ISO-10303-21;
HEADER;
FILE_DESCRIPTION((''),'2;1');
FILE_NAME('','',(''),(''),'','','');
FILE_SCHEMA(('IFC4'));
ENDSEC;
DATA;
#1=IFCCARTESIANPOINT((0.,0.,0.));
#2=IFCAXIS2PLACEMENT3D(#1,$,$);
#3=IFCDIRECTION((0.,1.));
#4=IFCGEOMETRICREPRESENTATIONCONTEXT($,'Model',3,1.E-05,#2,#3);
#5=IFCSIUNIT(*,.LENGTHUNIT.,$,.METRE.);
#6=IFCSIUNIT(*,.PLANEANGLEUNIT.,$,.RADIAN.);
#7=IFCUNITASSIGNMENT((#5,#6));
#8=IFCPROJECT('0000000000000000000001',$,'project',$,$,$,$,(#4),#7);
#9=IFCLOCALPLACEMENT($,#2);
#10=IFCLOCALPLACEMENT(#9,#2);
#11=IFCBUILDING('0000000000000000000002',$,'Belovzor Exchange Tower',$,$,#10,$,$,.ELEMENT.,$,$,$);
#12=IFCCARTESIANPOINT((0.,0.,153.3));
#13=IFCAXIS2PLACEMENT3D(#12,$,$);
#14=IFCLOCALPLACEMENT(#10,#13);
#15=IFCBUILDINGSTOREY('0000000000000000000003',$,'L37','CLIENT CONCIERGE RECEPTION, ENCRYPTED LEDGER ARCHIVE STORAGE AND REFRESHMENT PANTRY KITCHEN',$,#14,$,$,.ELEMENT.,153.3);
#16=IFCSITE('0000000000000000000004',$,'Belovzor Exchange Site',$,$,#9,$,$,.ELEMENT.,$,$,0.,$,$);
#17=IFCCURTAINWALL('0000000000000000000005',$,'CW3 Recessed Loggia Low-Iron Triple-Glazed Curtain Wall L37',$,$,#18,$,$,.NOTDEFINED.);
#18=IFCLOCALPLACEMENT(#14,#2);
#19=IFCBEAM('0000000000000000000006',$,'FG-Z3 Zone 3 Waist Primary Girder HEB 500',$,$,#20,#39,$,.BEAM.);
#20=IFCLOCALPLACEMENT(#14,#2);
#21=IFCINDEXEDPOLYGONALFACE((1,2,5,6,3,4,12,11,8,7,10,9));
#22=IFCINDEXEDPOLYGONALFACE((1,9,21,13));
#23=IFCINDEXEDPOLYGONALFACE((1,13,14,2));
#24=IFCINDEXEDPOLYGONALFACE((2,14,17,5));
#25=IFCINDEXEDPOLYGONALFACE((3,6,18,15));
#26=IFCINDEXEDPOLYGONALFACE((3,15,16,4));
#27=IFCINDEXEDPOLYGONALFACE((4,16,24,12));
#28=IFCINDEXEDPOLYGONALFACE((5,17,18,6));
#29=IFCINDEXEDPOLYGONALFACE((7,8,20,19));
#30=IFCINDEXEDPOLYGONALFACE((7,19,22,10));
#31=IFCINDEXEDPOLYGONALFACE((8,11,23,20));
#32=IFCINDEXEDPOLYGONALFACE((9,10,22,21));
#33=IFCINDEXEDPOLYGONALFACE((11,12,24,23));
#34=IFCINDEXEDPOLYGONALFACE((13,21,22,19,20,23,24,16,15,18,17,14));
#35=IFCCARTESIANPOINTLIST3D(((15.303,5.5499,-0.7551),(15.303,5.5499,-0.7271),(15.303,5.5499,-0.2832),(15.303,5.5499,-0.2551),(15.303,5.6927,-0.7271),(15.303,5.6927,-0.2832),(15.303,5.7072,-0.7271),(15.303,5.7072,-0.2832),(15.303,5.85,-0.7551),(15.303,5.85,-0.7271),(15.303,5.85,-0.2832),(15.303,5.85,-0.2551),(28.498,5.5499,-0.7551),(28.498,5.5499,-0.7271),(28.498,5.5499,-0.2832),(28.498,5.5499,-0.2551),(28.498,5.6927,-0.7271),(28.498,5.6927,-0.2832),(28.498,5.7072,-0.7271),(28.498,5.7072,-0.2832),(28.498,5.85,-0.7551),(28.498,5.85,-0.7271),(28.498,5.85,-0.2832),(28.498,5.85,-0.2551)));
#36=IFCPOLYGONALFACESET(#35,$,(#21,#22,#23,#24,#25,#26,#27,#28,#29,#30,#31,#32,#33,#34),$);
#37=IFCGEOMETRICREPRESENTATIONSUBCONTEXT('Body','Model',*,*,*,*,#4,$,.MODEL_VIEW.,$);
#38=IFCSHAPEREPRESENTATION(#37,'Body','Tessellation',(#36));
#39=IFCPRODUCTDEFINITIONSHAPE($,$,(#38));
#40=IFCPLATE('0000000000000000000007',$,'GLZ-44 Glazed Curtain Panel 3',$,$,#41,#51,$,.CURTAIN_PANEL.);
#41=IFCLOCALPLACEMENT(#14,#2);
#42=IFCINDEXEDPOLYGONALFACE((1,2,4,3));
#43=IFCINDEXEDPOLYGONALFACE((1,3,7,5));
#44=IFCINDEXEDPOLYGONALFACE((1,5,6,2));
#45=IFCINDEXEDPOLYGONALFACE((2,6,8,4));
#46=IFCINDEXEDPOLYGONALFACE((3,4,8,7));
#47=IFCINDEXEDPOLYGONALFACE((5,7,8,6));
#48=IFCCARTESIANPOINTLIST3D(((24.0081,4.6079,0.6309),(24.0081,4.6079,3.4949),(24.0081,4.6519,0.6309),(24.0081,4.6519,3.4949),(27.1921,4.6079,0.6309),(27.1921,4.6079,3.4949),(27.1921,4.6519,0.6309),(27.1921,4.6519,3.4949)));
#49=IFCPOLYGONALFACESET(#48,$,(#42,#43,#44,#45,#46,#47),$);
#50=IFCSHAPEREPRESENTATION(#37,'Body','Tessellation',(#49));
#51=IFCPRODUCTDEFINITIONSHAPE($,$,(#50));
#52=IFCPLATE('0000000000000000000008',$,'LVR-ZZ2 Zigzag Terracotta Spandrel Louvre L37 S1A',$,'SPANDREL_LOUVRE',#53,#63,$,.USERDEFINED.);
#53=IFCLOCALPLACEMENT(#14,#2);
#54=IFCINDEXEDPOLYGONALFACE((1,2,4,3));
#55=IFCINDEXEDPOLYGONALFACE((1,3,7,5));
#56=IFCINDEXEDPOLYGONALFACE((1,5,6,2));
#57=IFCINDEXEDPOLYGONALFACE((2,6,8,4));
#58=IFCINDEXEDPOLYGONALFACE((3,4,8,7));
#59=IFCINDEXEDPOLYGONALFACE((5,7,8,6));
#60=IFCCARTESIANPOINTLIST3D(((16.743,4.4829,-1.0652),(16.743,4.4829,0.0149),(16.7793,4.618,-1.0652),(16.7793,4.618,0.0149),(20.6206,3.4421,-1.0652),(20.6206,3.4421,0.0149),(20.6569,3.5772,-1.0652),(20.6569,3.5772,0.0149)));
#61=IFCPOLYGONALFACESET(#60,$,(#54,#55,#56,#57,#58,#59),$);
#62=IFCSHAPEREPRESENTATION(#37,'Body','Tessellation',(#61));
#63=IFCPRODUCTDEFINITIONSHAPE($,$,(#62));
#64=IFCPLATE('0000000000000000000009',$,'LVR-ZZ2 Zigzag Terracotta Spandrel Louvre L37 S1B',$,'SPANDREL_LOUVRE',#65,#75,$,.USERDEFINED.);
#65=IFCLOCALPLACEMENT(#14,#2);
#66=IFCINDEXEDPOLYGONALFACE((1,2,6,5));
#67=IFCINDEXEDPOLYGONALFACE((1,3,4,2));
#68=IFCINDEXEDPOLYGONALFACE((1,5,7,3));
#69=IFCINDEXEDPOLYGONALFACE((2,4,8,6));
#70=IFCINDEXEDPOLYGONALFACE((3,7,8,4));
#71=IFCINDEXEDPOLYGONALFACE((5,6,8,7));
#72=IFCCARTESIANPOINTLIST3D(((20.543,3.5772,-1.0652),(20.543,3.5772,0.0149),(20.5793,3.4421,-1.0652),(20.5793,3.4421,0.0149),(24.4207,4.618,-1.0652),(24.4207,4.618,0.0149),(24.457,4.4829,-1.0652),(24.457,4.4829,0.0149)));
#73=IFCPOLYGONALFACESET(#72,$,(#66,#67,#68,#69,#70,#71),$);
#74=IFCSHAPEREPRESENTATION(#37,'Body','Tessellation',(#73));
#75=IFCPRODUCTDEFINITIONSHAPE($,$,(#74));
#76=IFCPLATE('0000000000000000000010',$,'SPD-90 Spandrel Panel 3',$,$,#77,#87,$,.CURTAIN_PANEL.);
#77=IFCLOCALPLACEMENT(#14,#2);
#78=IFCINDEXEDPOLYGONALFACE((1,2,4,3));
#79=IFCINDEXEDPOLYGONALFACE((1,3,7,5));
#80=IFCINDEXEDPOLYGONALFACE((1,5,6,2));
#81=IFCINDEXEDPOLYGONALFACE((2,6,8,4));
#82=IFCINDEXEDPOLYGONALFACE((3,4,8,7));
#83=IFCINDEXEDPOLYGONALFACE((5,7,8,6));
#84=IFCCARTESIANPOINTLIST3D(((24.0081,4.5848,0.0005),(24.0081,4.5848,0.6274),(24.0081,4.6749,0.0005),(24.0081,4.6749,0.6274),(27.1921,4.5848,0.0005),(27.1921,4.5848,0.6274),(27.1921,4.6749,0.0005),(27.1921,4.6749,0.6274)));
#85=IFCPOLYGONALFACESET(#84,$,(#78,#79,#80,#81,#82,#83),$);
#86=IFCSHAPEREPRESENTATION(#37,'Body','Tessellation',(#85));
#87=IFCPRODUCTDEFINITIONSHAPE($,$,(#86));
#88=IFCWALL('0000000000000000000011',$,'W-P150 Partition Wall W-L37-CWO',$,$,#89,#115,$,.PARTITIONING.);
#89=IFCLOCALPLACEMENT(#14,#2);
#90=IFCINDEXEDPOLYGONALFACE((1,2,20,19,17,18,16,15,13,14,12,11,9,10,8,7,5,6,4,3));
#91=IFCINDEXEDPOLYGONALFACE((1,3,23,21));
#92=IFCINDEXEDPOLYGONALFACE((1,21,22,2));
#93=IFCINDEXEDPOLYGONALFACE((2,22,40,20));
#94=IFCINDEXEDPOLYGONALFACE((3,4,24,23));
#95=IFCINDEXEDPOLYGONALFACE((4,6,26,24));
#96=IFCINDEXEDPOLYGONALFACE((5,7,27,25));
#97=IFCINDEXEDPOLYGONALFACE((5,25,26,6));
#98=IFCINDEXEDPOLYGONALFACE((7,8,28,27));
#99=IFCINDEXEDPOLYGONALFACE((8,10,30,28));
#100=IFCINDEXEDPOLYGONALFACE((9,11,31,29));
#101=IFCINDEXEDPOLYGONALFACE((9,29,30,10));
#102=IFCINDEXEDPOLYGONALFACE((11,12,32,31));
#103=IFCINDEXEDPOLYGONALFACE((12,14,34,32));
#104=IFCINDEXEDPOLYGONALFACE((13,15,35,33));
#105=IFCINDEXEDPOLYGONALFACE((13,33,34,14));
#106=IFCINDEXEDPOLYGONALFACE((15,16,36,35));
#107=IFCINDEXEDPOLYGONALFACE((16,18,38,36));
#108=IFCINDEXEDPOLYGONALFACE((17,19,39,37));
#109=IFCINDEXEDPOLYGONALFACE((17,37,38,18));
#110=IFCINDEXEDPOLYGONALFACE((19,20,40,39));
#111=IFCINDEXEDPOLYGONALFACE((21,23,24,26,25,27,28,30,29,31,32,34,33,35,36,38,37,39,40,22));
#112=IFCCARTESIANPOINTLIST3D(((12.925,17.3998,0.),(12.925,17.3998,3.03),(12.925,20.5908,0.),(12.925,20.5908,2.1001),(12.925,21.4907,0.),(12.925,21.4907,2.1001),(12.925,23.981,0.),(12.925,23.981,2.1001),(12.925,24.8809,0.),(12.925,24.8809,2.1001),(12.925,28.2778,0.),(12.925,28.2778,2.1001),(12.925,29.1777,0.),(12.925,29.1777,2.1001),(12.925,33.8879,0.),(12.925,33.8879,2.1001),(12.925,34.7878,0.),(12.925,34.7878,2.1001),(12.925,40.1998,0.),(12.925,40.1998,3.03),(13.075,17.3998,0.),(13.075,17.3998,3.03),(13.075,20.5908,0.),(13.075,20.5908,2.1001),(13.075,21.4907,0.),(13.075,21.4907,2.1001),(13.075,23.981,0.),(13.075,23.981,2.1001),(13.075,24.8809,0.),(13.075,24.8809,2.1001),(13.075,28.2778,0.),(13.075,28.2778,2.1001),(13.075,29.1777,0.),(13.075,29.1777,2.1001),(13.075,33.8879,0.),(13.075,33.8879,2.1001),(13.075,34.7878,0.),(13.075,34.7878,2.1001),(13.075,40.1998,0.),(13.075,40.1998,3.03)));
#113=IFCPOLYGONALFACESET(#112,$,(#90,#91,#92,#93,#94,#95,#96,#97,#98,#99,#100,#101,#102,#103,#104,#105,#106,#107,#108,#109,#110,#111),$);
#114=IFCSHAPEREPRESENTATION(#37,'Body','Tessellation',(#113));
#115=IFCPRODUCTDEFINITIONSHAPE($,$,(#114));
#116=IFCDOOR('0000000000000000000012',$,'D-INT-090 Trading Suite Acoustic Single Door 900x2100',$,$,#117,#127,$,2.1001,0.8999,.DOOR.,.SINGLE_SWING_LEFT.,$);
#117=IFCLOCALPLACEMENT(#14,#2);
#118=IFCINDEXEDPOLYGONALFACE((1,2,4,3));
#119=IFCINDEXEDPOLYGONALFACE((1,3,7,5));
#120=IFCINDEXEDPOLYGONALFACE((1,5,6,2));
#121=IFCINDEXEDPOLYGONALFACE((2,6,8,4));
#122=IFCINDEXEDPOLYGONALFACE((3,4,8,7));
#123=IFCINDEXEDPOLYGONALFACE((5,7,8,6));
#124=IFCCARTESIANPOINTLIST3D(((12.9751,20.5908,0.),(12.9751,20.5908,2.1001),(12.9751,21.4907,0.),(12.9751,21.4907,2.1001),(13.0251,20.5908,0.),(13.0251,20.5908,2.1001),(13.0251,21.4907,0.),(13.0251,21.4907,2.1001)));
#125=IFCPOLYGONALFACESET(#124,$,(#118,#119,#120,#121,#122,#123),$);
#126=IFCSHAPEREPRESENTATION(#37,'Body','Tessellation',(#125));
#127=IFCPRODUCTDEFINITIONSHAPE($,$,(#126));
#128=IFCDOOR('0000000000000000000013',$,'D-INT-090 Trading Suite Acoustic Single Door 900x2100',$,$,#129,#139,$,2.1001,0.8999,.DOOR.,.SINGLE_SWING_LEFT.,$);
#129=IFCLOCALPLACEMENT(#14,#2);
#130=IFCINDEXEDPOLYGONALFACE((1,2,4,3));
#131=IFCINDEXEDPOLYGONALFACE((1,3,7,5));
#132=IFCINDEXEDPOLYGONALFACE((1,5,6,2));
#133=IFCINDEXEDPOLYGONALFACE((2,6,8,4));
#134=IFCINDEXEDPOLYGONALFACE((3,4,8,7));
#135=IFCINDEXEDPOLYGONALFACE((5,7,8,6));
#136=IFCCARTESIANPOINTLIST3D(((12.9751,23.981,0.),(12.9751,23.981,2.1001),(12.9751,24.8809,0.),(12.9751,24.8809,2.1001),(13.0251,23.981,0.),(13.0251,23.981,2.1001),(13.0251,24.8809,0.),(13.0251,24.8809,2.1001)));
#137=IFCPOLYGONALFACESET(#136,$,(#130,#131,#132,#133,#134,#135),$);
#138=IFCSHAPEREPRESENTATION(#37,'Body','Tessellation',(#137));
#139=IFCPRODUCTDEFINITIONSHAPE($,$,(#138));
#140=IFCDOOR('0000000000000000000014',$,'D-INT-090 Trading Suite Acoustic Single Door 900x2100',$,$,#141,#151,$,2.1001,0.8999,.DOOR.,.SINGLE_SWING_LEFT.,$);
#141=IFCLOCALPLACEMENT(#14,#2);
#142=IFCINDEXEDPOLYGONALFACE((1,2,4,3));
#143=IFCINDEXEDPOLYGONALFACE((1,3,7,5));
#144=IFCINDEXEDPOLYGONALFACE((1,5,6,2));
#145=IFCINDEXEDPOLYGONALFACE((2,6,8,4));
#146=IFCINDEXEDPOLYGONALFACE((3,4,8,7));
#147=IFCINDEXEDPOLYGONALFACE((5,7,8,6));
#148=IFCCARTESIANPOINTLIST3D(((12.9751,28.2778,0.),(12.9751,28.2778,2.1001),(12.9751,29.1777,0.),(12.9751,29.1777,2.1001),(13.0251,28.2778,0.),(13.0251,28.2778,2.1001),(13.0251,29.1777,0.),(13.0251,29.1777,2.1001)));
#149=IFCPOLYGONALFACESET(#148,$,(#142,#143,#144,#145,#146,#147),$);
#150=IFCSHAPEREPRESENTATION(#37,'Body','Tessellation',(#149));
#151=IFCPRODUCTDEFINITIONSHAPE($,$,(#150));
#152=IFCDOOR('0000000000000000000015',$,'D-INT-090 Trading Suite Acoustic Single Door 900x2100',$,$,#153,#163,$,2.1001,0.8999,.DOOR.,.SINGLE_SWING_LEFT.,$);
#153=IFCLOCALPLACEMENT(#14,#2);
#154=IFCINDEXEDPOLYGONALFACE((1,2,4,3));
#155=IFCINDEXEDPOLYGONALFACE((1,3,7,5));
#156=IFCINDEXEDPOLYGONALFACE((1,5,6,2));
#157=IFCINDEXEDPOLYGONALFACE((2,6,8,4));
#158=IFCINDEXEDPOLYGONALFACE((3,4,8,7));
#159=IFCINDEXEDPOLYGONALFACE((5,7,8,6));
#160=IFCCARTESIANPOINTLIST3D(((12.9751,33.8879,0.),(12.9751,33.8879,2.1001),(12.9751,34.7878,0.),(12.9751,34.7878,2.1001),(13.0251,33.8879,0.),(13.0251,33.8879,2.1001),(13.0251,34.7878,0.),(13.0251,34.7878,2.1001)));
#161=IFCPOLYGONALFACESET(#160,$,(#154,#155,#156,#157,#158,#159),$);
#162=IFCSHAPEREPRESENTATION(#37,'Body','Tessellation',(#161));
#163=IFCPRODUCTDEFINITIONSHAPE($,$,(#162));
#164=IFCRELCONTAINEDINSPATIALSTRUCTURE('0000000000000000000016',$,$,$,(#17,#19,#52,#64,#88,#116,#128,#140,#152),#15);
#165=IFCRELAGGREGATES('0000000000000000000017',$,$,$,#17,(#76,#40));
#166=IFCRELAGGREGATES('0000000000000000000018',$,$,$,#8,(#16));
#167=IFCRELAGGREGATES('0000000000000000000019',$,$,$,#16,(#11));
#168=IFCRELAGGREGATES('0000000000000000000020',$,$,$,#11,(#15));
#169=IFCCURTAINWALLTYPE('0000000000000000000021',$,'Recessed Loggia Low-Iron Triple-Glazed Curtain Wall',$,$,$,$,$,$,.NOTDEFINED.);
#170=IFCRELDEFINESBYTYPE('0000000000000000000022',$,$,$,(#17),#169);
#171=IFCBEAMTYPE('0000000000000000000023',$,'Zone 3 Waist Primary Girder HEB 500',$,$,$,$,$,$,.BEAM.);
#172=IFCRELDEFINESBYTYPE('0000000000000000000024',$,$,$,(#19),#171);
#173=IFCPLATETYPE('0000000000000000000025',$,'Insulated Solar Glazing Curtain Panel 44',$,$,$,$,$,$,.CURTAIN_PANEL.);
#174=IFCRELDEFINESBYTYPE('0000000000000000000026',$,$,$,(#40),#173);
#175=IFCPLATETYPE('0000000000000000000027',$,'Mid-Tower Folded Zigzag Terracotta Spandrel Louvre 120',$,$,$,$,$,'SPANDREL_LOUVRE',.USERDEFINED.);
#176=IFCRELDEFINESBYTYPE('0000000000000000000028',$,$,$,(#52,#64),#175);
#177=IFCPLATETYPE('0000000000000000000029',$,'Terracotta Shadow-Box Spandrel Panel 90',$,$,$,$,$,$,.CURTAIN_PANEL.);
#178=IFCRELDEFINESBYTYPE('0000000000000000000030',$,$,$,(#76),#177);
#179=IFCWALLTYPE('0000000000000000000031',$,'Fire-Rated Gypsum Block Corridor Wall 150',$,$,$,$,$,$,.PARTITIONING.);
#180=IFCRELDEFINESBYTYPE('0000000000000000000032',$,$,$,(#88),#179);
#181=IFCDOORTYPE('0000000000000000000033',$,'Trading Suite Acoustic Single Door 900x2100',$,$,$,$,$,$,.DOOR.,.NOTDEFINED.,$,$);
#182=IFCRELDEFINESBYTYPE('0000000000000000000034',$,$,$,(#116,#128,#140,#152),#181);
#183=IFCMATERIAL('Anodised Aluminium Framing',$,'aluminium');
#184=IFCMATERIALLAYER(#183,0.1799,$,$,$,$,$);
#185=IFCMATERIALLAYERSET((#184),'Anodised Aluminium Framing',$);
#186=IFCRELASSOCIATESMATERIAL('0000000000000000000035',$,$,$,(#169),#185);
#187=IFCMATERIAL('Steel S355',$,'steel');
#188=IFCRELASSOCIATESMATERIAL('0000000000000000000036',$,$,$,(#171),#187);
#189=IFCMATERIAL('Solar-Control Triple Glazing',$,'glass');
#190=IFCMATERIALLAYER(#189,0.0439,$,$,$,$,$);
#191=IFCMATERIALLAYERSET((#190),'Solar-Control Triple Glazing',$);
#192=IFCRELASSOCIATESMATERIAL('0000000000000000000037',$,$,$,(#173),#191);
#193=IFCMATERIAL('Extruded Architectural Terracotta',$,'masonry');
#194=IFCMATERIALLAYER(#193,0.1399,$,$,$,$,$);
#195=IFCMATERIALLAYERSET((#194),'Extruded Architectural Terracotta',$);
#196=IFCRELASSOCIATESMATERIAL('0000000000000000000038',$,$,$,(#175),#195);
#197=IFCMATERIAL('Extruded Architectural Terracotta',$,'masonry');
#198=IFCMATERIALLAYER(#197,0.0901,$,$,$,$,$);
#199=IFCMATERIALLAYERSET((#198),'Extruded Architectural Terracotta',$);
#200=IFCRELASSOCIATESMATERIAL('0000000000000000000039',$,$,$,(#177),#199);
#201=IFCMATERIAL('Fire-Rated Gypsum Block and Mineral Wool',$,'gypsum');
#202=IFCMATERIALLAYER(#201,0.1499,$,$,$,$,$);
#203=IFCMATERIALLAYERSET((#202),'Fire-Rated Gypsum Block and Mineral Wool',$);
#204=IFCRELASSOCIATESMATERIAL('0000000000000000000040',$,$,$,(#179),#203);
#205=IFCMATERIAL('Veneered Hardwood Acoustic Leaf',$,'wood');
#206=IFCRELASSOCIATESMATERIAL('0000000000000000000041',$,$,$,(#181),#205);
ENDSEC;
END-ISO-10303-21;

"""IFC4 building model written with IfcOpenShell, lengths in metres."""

from ifc_helpers import new_model, si_unit, direction, frame, frame_2d, origin, origin_2d, place, context, subcontext, project, spatial, rectangle, i_section, extrude, material, layer, layer_set, material_profile, profile_set, type_object, element, fill, aggregate, save


model = new_model("IFC4")

# Units and contexts
model_context = context("Model", 3, precision=1e-05, world=origin(), true_north=direction((0.0, 1.0)))
body_context = subcontext(model_context, "Body", "Model", "MODEL_VIEW")
ifc_project = project(units=[si_unit("LENGTHUNIT", "METRE"), si_unit("PLANEANGLEUNIT", "RADIAN")], contexts=[model_context])

# Site, building, storey
site_placement = place(None, origin())
site = spatial("IfcSite", under=ifc_project, at=site_placement, Name="Belovzor Exchange Site", CompositionType="ELEMENT", RefElevation=0.0)
building_placement = place(site_placement, origin())
building = spatial("IfcBuilding", under=site, at=building_placement, Name="Belovzor Exchange Tower", CompositionType="ELEMENT")
storey_placement = place(building_placement, frame((0.0, 0.0, 153.3)))
storey = spatial("IfcBuildingStorey", under=building, at=storey_placement, Name="L37", Description="CLIENT CONCIERGE RECEPTION, ENCRYPTED LEDGER ARCHIVE STORAGE AND REFRESHMENT PANTRY KITCHEN", CompositionType="ELEMENT", Elevation=153.3)

# Curtain wall
ifc_material_1 = material(Name="Anodised Aluminium Framing", Category="aluminium")
ifc_layer_1 = layer(ifc_material_1, 0.1799)
ifc_layer_set_1 = layer_set([ifc_layer_1], Name="Anodised Aluminium Framing")
curtain_wall_type = type_object("IfcCurtainWallType", Name="Recessed Loggia Low-Iron Triple-Glazed Curtain Wall", PredefinedType="NOTDEFINED", material=ifc_layer_set_1)
curtain_wall_placement = place(storey_placement, origin())
curtain_wall = element("IfcCurtainWall", 1, at=curtain_wall_placement, inside=storey, type_object=curtain_wall_type, Name="CW3 Recessed Loggia Low-Iron Triple-Glazed Curtain Wall L37", PredefinedType="NOTDEFINED")

# Beam
ifc_material_2 = material(Name="Steel S355", Category="steel")
ifc_material_profile_1 = material_profile(ifc_material_2, i_section(OverallWidth=0.3, OverallDepth=0.5, WebThickness=0.0144, FlangeThickness=0.0281, at=origin_2d()))
ifc_profile_set_1 = profile_set([ifc_material_profile_1], Name="Steel S355")
beam_type_1 = type_object("IfcBeamType", Name="Zone 3 Waist Primary Girder HEB 500", PredefinedType="BEAM", material=ifc_profile_set_1)
beam_1_placement = place(storey_placement, frame((15.303, 5.7, -0.5051), z_axis=(1.0, 0.0, 0.0), x_axis=(0.0, 1.0, 0.0)))
element("IfcBeam", 2, at=beam_1_placement, inside=storey, type_object=beam_type_1, Name="FG-Z3 Zone 3 Waist Primary Girder HEB 500", PredefinedType="BEAM", context=body_context, shape_type="SweptSolid", body=[
    extrude(i_section(OverallWidth=0.3, OverallDepth=0.5, WebThickness=0.0144, FlangeThickness=0.0281, at=origin_2d()), origin(), (0.0, 0.0, 1.0), 13.1951),
])

# Plate
ifc_material_3 = material(Name="Solar-Control Triple Glazing", Category="glass")
ifc_layer_2 = layer(ifc_material_3, 0.0439)
ifc_layer_set_2 = layer_set([ifc_layer_2], Name="Solar-Control Triple Glazing")
plate_type_1 = type_object("IfcPlateType", Name="Insulated Solar Glazing Curtain Panel 44", PredefinedType="CURTAIN_PANEL", material=ifc_layer_set_2)
plate_1_placement = place(storey_placement, frame((25.6001, 4.6299, 0.6309), z_axis=(0.0, 0.0, 1.0), x_axis=(-1.0, 0.0, 0.0)))
plate_1 = element("IfcPlate", 3, at=plate_1_placement, type_object=plate_type_1, Name="GLZ-44 Glazed Curtain Panel 3", PredefinedType="CURTAIN_PANEL", context=body_context, shape_type="SweptSolid", body=[
    extrude(rectangle(XDim=3.1841, YDim=0.0439, at=origin_2d()), origin(), (0.0, 0.0, 1.0), 2.864),
])

# Plates
ifc_material_4 = material(Name="Extruded Architectural Terracotta", Category="masonry")
ifc_layer_3 = layer(ifc_material_4, 0.1399)
ifc_layer_set_3 = layer_set([ifc_layer_3], Name="Extruded Architectural Terracotta")
plate_type_2 = type_object("IfcPlateType", Name="Mid-Tower Folded Zigzag Terracotta Spandrel Louvre 120", ElementType="SPANDREL_LOUVRE", PredefinedType="USERDEFINED", material=ifc_layer_set_3)
for number, where, z_axis, x_axis, name in (
    (4, (18.7, 4.03, -1.0652), (0.0, 0.0, 1.0), (0.965813, -0.25924, 0.0), "LVR-ZZ2 Zigzag Terracotta Spandrel Louvre L37 S1A"),
    (5, (22.5, 4.03, -1.0652), (0.0, 0.0, 1.0), (0.965813, 0.25924, 0.0), "LVR-ZZ2 Zigzag Terracotta Spandrel Louvre L37 S1B"),
):
    element("IfcPlate", number, at=place(storey_placement, frame(where, z_axis=z_axis, x_axis=x_axis)), inside=storey, type_object=plate_type_2, Name=name, ObjectType="SPANDREL_LOUVRE", PredefinedType="USERDEFINED", context=body_context, shape_type="SweptSolid", body=[
        extrude(rectangle(XDim=4.0149, YDim=0.1399, at=origin_2d()), origin(), (0.0, 0.0, 1.0), 1.0801),
    ])

# Plate
ifc_material_5 = material(Name="Extruded Architectural Terracotta", Category="masonry")
ifc_layer_4 = layer(ifc_material_5, 0.0901)
ifc_layer_set_4 = layer_set([ifc_layer_4], Name="Extruded Architectural Terracotta")
plate_type_3 = type_object("IfcPlateType", Name="Terracotta Shadow-Box Spandrel Panel 90", PredefinedType="CURTAIN_PANEL", material=ifc_layer_set_4)
plate_2_placement = place(storey_placement, frame((25.6001, 4.6299, 0.0005), z_axis=(0.0, 0.0, 1.0), x_axis=(-1.0, 0.0, 0.0)))
plate_2 = element("IfcPlate", 6, at=plate_2_placement, type_object=plate_type_3, Name="SPD-90 Spandrel Panel 3", PredefinedType="CURTAIN_PANEL", context=body_context, shape_type="SweptSolid", body=[
    extrude(rectangle(XDim=3.1841, YDim=0.0901, at=origin_2d()), origin(), (0.0, 0.0, 1.0), 0.627),
])
aggregate(curtain_wall, [plate_2, plate_1])

# Wall, openings, doors
ifc_material_6 = material(Name="Fire-Rated Gypsum Block and Mineral Wool", Category="gypsum")
ifc_layer_5 = layer(ifc_material_6, 0.1499)
ifc_layer_set_5 = layer_set([ifc_layer_5], Name="Fire-Rated Gypsum Block and Mineral Wool")
wall_type_1 = type_object("IfcWallType", Name="Fire-Rated Gypsum Block Corridor Wall 150", PredefinedType="PARTITIONING", material=ifc_layer_set_5)
wall_1_placement = place(storey_placement, frame((13.0, 17.3999, 0.0), z_axis=(0.0, 0.0, 1.0), x_axis=(0.0, 1.0, 0.0)))
wall_1 = element("IfcWall", 7, at=wall_1_placement, inside=storey, type_object=wall_type_1, Name="W-P150 Partition Wall W-L37-CWO", PredefinedType="PARTITIONING", context=body_context, shape_type="SweptSolid", body=[
    extrude(rectangle(XDim=22.8, YDim=0.1499, at=frame_2d((11.3999, 0.0))), origin(), (0.0, 0.0, 1.0), 3.03),
])
opening_1_placement = place(wall_1_placement, frame((3.1909, 0.0, 0.0)))
opening_1 = element("IfcOpeningElement", 8, at=opening_1_placement, cuts=wall_1, PredefinedType="OPENING", context=body_context, shape_type="SweptSolid", body=[
    extrude(rectangle(XDim=0.8999, YDim=2.1001, at=frame_2d((0.45, 1.05))), frame((0.0, 0.085, 0.0), z_axis=(0.0, -1.0, 0.0), x_axis=(1.0, 0.0, 0.0)), (0.0, 0.0, 1.0), 0.1699),
])
opening_2_placement = place(wall_1_placement, frame((6.5811, 0.0, 0.0)))
opening_2 = element("IfcOpeningElement", 9, at=opening_2_placement, cuts=wall_1, PredefinedType="OPENING", context=body_context, shape_type="SweptSolid", body=[
    extrude(rectangle(XDim=0.8999, YDim=2.1001, at=frame_2d((0.45, 1.05))), frame((0.0, 0.085, 0.0), z_axis=(0.0, -1.0, 0.0), x_axis=(1.0, 0.0, 0.0)), (0.0, 0.0, 1.0), 0.1699),
])
opening_3_placement = place(wall_1_placement, frame((10.8779, 0.0, 0.0)))
opening_3 = element("IfcOpeningElement", 10, at=opening_3_placement, cuts=wall_1, PredefinedType="OPENING", context=body_context, shape_type="SweptSolid", body=[
    extrude(rectangle(XDim=0.8999, YDim=2.1001, at=frame_2d((0.45, 1.05))), frame((0.0, 0.085, 0.0), z_axis=(0.0, -1.0, 0.0), x_axis=(1.0, 0.0, 0.0)), (0.0, 0.0, 1.0), 0.1699),
])
opening_4_placement = place(wall_1_placement, frame((16.488, 0.0, 0.0)))
opening_4 = element("IfcOpeningElement", 11, at=opening_4_placement, cuts=wall_1, PredefinedType="OPENING", context=body_context, shape_type="SweptSolid", body=[
    extrude(rectangle(XDim=0.8999, YDim=2.1001, at=frame_2d((0.45, 1.05))), frame((0.0, 0.085, 0.0), z_axis=(0.0, -1.0, 0.0), x_axis=(1.0, 0.0, 0.0)), (0.0, 0.0, 1.0), 0.1699),
])
ifc_material_7 = material(Name="Veneered Hardwood Acoustic Leaf", Category="wood")
door_type = type_object("IfcDoorType", Name="Trading Suite Acoustic Single Door 900x2100", OperationType="NOTDEFINED", PredefinedType="DOOR", material=ifc_material_7)
door_1_placement = place(opening_1_placement, origin())
door_1 = element("IfcDoor", 12, at=door_1_placement, inside=storey, type_object=door_type, Name="D-INT-090 Trading Suite Acoustic Single Door 900x2100", OperationType="SINGLE_SWING_LEFT", OverallHeight=2.1001, OverallWidth=0.8999, PredefinedType="DOOR", context=body_context, shape_type="SweptSolid", body=[
    extrude(rectangle(XDim=0.8999, YDim=2.1001, at=frame_2d((0.45, 1.05))), frame((0.0, 0.0249, 0.0), z_axis=(0.0, -1.0, 0.0), x_axis=(1.0, 0.0, 0.0)), (0.0, 0.0, 1.0), 0.05),
])
fill(opening_1, door_1)
door_2_placement = place(opening_2_placement, origin())
door_2 = element("IfcDoor", 13, at=door_2_placement, inside=storey, type_object=door_type, Name="D-INT-090 Trading Suite Acoustic Single Door 900x2100", OperationType="SINGLE_SWING_LEFT", OverallHeight=2.1001, OverallWidth=0.8999, PredefinedType="DOOR", context=body_context, shape_type="SweptSolid", body=[
    extrude(rectangle(XDim=0.8999, YDim=2.1001, at=frame_2d((0.45, 1.05))), frame((0.0, 0.0249, 0.0), z_axis=(0.0, -1.0, 0.0), x_axis=(1.0, 0.0, 0.0)), (0.0, 0.0, 1.0), 0.05),
])
fill(opening_2, door_2)
door_3_placement = place(opening_3_placement, origin())
door_3 = element("IfcDoor", 14, at=door_3_placement, inside=storey, type_object=door_type, Name="D-INT-090 Trading Suite Acoustic Single Door 900x2100", OperationType="SINGLE_SWING_LEFT", OverallHeight=2.1001, OverallWidth=0.8999, PredefinedType="DOOR", context=body_context, shape_type="SweptSolid", body=[
    extrude(rectangle(XDim=0.8999, YDim=2.1001, at=frame_2d((0.45, 1.05))), frame((0.0, 0.0249, 0.0), z_axis=(0.0, -1.0, 0.0), x_axis=(1.0, 0.0, 0.0)), (0.0, 0.0, 1.0), 0.05),
])
fill(opening_3, door_3)
door_4_placement = place(opening_4_placement, origin())
door_4 = element("IfcDoor", 15, at=door_4_placement, inside=storey, type_object=door_type, Name="D-INT-090 Trading Suite Acoustic Single Door 900x2100", OperationType="SINGLE_SWING_LEFT", OverallHeight=2.1001, OverallWidth=0.8999, PredefinedType="DOOR", context=body_context, shape_type="SweptSolid", body=[
    extrude(rectangle(XDim=0.8999, YDim=2.1001, at=frame_2d((0.45, 1.05))), frame((0.0, 0.0249, 0.0), z_axis=(0.0, -1.0, 0.0), x_axis=(1.0, 0.0, 0.0)), (0.0, 0.0, 1.0), 0.05),
])
fill(opening_4, door_4)

save(model, "model.ifc")
